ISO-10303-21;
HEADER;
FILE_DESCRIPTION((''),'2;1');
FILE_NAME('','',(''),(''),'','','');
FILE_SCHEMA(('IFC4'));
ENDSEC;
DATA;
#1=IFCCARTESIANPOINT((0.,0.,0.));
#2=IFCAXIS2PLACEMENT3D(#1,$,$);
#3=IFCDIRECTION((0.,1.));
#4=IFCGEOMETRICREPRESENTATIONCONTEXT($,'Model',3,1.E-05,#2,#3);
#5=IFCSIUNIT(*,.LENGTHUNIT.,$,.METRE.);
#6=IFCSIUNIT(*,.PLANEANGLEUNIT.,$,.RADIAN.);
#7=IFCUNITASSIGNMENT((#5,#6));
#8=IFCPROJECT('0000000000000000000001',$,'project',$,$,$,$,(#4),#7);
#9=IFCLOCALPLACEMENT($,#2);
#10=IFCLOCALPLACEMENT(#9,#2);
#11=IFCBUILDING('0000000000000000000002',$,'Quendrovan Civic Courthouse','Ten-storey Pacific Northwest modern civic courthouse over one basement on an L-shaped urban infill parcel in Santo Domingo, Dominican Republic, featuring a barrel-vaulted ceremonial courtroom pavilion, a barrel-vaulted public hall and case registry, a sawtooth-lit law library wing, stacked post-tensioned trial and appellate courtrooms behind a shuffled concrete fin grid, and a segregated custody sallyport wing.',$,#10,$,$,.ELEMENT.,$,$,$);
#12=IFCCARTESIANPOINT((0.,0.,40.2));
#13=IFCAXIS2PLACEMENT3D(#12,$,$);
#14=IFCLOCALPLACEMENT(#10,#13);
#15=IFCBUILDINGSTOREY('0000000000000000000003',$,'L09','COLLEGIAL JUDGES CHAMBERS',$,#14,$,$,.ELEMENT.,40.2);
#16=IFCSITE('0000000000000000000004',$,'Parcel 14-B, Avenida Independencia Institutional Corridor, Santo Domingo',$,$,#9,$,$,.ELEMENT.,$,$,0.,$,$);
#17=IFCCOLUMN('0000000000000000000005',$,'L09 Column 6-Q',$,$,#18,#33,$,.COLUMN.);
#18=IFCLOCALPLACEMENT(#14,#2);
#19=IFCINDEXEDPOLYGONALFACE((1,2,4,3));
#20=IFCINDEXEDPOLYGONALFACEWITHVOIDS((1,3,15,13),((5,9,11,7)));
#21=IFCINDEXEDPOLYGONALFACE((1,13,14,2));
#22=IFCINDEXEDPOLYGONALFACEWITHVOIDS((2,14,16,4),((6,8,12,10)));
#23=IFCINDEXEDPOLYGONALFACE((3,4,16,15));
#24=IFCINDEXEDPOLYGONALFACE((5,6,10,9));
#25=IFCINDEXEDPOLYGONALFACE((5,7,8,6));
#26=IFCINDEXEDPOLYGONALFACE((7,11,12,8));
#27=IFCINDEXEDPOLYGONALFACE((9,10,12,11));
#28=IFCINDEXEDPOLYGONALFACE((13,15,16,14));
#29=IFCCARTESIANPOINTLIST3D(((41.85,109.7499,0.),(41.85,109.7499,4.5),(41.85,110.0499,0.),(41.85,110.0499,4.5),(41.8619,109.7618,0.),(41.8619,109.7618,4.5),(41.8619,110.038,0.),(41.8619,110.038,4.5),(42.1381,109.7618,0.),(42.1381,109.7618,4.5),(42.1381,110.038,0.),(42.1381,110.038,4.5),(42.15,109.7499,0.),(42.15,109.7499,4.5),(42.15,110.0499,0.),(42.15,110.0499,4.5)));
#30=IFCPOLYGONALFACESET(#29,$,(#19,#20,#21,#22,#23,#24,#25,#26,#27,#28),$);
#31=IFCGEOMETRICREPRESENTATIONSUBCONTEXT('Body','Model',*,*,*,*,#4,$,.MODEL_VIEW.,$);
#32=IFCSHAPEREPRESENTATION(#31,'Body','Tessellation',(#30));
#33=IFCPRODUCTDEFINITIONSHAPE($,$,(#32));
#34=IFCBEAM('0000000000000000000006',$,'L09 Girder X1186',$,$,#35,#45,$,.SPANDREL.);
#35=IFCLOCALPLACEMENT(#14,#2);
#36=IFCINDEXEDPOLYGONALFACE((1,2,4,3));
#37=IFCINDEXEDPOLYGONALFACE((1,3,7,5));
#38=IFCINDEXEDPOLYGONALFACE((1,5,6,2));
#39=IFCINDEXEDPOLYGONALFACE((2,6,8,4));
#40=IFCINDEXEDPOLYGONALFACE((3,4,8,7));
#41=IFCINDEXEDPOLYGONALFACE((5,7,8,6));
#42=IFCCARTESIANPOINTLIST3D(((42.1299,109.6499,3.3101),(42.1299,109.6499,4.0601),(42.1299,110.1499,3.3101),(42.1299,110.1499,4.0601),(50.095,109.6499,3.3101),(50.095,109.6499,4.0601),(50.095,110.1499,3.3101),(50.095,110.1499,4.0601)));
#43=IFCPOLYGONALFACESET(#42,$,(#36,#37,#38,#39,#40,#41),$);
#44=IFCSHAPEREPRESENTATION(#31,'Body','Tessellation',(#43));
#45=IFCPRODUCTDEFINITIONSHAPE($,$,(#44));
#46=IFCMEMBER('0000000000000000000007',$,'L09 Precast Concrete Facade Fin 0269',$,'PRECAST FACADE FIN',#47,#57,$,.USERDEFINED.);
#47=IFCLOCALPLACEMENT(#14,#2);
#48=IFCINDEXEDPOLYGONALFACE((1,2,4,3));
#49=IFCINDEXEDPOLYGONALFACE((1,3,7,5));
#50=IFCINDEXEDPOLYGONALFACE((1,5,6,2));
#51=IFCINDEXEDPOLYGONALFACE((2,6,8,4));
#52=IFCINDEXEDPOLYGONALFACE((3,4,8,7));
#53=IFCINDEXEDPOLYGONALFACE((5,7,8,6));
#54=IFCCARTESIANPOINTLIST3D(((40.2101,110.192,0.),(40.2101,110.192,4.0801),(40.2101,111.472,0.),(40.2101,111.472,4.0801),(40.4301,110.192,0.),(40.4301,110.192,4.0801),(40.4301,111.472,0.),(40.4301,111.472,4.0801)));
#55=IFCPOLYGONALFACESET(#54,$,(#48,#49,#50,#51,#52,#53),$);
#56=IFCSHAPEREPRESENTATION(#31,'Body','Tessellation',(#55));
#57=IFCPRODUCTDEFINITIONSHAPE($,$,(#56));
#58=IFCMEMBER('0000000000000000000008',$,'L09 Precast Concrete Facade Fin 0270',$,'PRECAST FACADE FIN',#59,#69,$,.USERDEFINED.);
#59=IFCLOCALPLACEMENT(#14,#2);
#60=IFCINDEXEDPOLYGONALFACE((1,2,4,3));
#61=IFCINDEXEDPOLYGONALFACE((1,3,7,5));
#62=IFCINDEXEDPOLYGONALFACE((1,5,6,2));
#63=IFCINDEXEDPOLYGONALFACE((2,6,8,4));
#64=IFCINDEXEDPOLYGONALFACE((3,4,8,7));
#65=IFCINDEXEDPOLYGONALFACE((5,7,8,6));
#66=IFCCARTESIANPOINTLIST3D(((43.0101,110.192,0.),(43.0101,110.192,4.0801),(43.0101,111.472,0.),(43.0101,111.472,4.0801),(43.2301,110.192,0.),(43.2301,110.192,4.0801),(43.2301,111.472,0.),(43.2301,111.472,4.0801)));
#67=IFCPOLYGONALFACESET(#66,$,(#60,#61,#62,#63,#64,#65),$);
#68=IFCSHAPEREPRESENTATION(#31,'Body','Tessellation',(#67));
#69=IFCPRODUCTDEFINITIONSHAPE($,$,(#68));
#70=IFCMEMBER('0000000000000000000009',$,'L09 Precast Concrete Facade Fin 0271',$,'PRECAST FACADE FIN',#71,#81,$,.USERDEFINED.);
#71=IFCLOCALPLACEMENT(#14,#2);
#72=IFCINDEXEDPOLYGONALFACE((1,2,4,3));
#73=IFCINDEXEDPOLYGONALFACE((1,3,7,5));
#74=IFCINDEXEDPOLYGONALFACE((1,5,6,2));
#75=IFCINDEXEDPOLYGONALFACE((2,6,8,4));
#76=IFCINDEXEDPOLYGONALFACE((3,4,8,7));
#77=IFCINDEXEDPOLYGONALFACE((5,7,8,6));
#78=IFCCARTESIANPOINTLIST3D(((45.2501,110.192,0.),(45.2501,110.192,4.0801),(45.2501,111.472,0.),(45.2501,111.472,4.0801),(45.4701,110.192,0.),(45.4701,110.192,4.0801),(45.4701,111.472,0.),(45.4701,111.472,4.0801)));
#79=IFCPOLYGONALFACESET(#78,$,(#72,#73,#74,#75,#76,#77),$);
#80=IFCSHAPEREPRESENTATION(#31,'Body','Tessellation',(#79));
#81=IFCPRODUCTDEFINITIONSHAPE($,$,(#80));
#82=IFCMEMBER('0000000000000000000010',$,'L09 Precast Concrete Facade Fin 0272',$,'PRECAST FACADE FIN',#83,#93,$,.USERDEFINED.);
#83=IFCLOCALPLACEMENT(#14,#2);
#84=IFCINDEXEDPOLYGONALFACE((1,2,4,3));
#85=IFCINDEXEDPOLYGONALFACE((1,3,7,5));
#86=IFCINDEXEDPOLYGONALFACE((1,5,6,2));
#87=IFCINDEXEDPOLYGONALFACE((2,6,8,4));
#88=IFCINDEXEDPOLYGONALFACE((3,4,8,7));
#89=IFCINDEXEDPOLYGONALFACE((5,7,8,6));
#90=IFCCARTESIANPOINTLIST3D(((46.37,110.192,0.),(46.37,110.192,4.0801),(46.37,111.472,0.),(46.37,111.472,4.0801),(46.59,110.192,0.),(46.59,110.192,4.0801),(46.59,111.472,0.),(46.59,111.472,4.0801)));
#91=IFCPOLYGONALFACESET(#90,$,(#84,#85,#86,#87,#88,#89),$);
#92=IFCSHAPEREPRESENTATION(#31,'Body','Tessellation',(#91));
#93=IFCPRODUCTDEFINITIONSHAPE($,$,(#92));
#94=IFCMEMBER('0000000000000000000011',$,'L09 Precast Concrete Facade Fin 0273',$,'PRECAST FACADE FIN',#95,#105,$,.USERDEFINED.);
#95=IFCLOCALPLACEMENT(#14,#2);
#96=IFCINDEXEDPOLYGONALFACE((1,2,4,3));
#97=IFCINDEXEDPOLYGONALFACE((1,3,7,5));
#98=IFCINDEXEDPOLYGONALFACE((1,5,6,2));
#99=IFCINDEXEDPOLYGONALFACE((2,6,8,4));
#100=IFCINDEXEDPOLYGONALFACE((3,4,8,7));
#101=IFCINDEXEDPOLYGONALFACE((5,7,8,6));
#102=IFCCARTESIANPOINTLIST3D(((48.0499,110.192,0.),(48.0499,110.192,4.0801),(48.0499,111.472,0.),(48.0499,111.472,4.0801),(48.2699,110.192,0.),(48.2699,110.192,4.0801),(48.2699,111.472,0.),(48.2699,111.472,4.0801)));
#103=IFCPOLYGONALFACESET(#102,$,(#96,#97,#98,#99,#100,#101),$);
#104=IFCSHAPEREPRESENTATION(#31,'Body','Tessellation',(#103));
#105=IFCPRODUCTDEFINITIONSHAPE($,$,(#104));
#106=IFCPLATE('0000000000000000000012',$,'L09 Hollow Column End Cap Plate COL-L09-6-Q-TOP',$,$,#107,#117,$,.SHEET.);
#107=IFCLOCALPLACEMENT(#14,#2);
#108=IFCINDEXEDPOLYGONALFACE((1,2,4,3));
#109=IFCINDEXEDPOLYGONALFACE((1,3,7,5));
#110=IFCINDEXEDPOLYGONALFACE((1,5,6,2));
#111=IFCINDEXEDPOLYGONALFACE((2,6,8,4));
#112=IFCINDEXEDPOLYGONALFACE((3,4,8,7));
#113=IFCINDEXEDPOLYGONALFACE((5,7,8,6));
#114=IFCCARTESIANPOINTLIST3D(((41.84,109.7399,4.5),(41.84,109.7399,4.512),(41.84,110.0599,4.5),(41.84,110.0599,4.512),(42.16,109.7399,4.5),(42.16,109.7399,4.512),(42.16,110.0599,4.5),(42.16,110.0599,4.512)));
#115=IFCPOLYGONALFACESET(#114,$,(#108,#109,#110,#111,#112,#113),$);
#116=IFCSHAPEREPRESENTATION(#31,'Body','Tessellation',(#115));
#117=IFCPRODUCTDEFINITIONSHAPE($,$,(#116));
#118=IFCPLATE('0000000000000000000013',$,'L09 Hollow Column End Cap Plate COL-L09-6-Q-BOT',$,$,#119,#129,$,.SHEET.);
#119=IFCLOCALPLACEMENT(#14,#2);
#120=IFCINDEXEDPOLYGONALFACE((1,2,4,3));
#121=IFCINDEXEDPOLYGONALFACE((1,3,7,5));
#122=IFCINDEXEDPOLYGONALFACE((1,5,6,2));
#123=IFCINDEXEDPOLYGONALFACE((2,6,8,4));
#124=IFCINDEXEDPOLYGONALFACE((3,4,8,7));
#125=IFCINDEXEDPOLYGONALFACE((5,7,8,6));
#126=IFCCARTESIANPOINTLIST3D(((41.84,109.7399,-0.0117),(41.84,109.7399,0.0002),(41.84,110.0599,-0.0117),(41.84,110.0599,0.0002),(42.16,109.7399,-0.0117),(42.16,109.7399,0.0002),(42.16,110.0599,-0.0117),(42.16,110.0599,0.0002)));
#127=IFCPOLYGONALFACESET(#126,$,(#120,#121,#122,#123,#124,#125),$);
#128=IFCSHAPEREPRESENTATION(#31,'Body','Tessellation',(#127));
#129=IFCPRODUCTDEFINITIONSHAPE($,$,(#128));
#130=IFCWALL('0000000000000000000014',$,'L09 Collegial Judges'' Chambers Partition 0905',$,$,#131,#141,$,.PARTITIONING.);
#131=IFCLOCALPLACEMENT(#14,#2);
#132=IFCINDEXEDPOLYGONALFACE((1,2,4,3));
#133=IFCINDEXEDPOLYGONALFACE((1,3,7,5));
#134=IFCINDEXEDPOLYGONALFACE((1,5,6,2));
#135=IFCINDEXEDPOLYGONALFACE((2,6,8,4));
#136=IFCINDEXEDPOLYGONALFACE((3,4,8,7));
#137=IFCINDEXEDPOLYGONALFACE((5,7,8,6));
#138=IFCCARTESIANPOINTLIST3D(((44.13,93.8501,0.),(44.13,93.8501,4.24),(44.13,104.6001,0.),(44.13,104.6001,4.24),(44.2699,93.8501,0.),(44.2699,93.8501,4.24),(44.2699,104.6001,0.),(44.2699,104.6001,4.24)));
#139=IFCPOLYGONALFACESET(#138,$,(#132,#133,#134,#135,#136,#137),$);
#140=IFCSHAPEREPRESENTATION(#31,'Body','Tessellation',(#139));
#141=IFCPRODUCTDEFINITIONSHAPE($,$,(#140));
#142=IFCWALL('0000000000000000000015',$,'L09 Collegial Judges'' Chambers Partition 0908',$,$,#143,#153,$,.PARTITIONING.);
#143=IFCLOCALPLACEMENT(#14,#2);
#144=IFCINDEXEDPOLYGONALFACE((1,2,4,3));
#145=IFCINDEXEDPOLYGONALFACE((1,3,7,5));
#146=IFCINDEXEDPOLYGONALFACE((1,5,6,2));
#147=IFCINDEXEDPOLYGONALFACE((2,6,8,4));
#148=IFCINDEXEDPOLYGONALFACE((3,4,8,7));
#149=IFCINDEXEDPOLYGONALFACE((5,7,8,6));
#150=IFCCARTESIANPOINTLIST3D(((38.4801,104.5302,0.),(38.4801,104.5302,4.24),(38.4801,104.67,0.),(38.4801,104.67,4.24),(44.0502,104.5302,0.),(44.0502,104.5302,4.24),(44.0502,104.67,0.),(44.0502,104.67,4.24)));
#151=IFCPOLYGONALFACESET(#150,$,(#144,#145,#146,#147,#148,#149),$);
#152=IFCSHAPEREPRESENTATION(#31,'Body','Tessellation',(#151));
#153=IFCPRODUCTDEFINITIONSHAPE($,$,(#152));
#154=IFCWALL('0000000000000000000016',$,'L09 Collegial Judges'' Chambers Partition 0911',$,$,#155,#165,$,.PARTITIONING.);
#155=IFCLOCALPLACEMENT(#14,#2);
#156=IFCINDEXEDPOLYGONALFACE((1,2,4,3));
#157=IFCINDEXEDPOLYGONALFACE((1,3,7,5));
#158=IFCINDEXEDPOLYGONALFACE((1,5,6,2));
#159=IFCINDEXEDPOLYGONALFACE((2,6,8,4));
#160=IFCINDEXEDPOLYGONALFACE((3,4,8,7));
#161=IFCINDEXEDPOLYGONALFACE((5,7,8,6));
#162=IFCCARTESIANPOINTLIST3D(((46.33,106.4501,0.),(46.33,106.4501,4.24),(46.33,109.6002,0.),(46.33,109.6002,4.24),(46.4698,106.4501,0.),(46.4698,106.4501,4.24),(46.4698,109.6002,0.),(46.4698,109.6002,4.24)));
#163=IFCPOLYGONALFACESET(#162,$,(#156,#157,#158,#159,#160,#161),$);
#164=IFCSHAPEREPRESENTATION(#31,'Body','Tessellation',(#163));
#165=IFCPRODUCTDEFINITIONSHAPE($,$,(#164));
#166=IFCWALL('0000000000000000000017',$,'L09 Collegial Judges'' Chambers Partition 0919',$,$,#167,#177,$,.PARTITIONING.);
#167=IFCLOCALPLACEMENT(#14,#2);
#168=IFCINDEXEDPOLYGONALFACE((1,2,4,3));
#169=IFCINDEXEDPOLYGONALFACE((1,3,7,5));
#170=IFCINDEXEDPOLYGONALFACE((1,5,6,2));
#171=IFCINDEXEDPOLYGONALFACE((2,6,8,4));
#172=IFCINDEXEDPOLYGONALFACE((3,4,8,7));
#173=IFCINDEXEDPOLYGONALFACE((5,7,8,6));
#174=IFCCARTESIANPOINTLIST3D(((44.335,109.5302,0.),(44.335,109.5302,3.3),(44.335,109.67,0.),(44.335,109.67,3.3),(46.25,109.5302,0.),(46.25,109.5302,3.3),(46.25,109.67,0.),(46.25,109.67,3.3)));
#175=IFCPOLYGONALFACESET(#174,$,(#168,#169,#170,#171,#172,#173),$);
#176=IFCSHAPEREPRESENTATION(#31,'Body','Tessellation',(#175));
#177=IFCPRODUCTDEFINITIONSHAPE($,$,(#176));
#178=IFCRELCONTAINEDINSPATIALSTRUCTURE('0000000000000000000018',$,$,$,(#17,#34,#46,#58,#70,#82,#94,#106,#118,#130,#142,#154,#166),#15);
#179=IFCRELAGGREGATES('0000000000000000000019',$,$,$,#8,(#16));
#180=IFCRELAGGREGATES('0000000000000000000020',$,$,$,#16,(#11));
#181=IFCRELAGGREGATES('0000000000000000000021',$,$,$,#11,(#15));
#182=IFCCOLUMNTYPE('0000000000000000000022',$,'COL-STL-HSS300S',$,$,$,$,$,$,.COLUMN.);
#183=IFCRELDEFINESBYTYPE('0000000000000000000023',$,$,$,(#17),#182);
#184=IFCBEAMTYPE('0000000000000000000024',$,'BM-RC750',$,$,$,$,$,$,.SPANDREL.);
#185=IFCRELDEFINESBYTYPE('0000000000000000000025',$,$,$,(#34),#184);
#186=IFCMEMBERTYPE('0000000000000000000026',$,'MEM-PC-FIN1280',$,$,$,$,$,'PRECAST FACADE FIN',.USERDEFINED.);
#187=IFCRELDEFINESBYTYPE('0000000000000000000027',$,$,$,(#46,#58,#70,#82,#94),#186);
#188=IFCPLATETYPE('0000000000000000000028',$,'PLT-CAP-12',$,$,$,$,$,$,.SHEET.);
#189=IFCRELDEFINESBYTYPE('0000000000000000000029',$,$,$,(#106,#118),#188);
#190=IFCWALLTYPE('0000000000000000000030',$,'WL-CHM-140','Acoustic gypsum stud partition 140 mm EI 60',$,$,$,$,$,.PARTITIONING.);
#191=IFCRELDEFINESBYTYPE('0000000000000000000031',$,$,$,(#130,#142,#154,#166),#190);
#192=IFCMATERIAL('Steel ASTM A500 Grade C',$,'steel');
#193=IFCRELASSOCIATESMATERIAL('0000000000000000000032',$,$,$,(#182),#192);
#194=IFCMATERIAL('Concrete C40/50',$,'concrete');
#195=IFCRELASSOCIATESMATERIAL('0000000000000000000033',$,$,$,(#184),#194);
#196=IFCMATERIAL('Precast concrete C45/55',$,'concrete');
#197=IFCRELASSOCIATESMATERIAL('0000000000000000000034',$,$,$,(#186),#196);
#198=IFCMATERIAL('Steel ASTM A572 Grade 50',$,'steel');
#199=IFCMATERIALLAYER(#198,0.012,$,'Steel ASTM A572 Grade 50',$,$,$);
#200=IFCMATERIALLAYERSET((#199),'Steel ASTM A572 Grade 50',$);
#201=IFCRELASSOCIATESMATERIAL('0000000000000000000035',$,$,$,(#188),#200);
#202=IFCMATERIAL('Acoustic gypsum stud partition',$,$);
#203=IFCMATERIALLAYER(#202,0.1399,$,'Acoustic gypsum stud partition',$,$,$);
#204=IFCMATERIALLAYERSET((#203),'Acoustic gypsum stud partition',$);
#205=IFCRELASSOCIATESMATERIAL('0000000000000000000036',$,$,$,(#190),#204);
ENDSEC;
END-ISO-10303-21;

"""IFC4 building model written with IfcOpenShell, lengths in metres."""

from ifc_helpers import new_model, si_unit, direction, frame, frame_2d, origin, origin_2d, place, context, subcontext, project, spatial, rectangle, hollow_rectangle, extrude, material, layer, layer_set, material_profile, profile_set, type_object, element, save


model = new_model("IFC4")

# Units and contexts
model_context = context("Model", 3, precision=1e-05, world=origin(), true_north=direction((0.0, 1.0)))
body_context = subcontext(model_context, "Body", "Model", "MODEL_VIEW")
ifc_project = project(units=[si_unit("LENGTHUNIT", "METRE"), si_unit("PLANEANGLEUNIT", "RADIAN")], contexts=[model_context])

# Site, building, storey
site_placement = place(None, origin())
site = spatial("IfcSite", under=ifc_project, at=site_placement, Name="Parcel 14-B, Avenida Independencia Institutional Corridor, Santo Domingo", CompositionType="ELEMENT", RefElevation=0.0)
building_placement = place(site_placement, origin())
building = spatial("IfcBuilding", under=site, at=building_placement, Name="Quendrovan Civic Courthouse", Description="Ten-storey Pacific Northwest modern civic courthouse over one basement on an L-shaped urban infill parcel in Santo Domingo, Dominican Republic, featuring a barrel-vaulted ceremonial courtroom pavilion, a barrel-vaulted public hall and case registry, a sawtooth-lit law library wing, stacked post-tensioned trial and appellate courtrooms behind a shuffled concrete fin grid, and a segregated custody sallyport wing.", CompositionType="ELEMENT")
storey_placement = place(building_placement, frame((0.0, 0.0, 40.2)))
storey = spatial("IfcBuildingStorey", under=building, at=storey_placement, Name="L09", Description="COLLEGIAL JUDGES CHAMBERS", CompositionType="ELEMENT", Elevation=40.2)

# Column
ifc_material_1 = material(Name="Steel ASTM A500 Grade C", Category="steel")
ifc_material_profile_1 = material_profile(ifc_material_1, hollow_rectangle(XDim=0.3, YDim=0.3, WallThickness=0.012, at=origin_2d()), Name="HSS300x300x12")
ifc_profile_set_1 = profile_set([ifc_material_profile_1], Name="Steel ASTM A500 Grade C")
column_type = type_object("IfcColumnType", Name="COL-STL-HSS300S", PredefinedType="COLUMN", material=ifc_profile_set_1)
column_placement = place(storey_placement, frame((42.0, 109.8999, 0.0), z_axis=(0.0, 0.0, 1.0), x_axis=(1.0, 0.0, 0.0)))
element("IfcColumn", 1, at=column_placement, inside=storey, type_object=column_type, Name="L09 Column 6-Q", PredefinedType="COLUMN", context=body_context, shape_type="SweptSolid", body=[
    extrude(hollow_rectangle(XDim=0.3, YDim=0.3, WallThickness=0.012, at=origin_2d()), origin(), (0.0, 0.0, 1.0), 4.5),
])

# Beam
ifc_material_2 = material(Name="Concrete C40/50", Category="concrete")
ifc_material_profile_2 = material_profile(ifc_material_2, rectangle(XDim=0.5, YDim=0.75, at=origin_2d()), Name="RC-BM-500x750")
ifc_profile_set_2 = profile_set([ifc_material_profile_2], Name="Concrete C40/50")
beam_type = type_object("IfcBeamType", Name="BM-RC750", PredefinedType="SPANDREL", material=ifc_profile_set_2)
beam_placement = place(storey_placement, frame((42.1299, 109.8999, 3.6851), z_axis=(1.0, 0.0, 0.0), x_axis=(0.0, 1.0, 0.0)))
element("IfcBeam", 2, at=beam_placement, inside=storey, type_object=beam_type, Name="L09 Girder X1186", PredefinedType="SPANDREL", context=body_context, shape_type="SweptSolid", body=[
    extrude(rectangle(XDim=0.5, YDim=0.75, at=origin_2d()), origin(), (0.0, 0.0, 1.0), 7.9651),
])

# Members
ifc_material_3 = material(Name="Precast concrete C45/55", Category="concrete")
ifc_material_profile_3 = material_profile(ifc_material_3, rectangle(XDim=0.22, YDim=1.28, at=origin_2d()), Name="PC-FIN-220x1280")
ifc_profile_set_3 = profile_set([ifc_material_profile_3], Name="Precast concrete C45/55")
member_type = type_object("IfcMemberType", Name="MEM-PC-FIN1280", ElementType="PRECAST FACADE FIN", PredefinedType="USERDEFINED", material=ifc_profile_set_3)
for number, where, z_axis, x_axis, name in (
    (3, (40.3201, 110.832, 0.0), (0.0, 0.0, 1.0), (1.0, 0.0, 0.0), "L09 Precast Concrete Facade Fin 0269"),
    (4, (43.1201, 110.832, 0.0), (0.0, 0.0, 1.0), (1.0, 0.0, 0.0), "L09 Precast Concrete Facade Fin 0270"),
    (5, (45.3601, 110.832, 0.0), (0.0, 0.0, 1.0), (1.0, 0.0, 0.0), "L09 Precast Concrete Facade Fin 0271"),
    (6, (46.48, 110.832, 0.0), (0.0, 0.0, 1.0), (1.0, 0.0, 0.0), "L09 Precast Concrete Facade Fin 0272"),
    (7, (48.1599, 110.832, 0.0), (0.0, 0.0, 1.0), (1.0, 0.0, 0.0), "L09 Precast Concrete Facade Fin 0273"),
):
    element("IfcMember", number, at=place(storey_placement, frame(where, z_axis=z_axis, x_axis=x_axis)), inside=storey, type_object=member_type, Name=name, ObjectType="PRECAST FACADE FIN", PredefinedType="USERDEFINED", context=body_context, shape_type="SweptSolid", body=[
        extrude(rectangle(XDim=0.22, YDim=1.28, at=origin_2d()), origin(), (0.0, 0.0, 1.0), 4.0801),
    ])

# Plates
ifc_material_4 = material(Name="Steel ASTM A572 Grade 50", Category="steel")
ifc_layer_1 = layer(ifc_material_4, 0.012, Name="Steel ASTM A572 Grade 50")
ifc_layer_set_1 = layer_set([ifc_layer_1], Name="Steel ASTM A572 Grade 50")
plate_type = type_object("IfcPlateType", Name="PLT-CAP-12", PredefinedType="SHEET", material=ifc_layer_set_1)
for number, where, z_axis, x_axis, name in (
    (8, (42.0, 109.8999, 4.5), (0.0, 0.0, 1.0), (1.0, 0.0, 0.0), "L09 Hollow Column End Cap Plate COL-L09-6-Q-TOP"),
    (9, (42.0, 109.8999, -0.0117), (0.0, 0.0, 1.0), (1.0, 0.0, 0.0), "L09 Hollow Column End Cap Plate COL-L09-6-Q-BOT"),
):
    element("IfcPlate", number, at=place(storey_placement, frame(where, z_axis=z_axis, x_axis=x_axis)), inside=storey, type_object=plate_type, Name=name, PredefinedType="SHEET", context=body_context, shape_type="SweptSolid", body=[
        extrude(rectangle(XDim=0.3201, YDim=0.3201, at=origin_2d()), origin(), (0.0, 0.0, 1.0), 0.012),
    ])

# Walls
ifc_material_5 = material(Name="Acoustic gypsum stud partition")
ifc_layer_2 = layer(ifc_material_5, 0.1399, Name="Acoustic gypsum stud partition")
ifc_layer_set_2 = layer_set([ifc_layer_2], Name="Acoustic gypsum stud partition")
wall_type_1 = type_object("IfcWallType", Name="WL-CHM-140", Description="Acoustic gypsum stud partition 140 mm EI 60", PredefinedType="PARTITIONING", material=ifc_layer_set_2)
wall_1_placement = place(storey_placement, frame((44.2, 104.6001, 0.0), z_axis=(0.0, 0.0, 1.0), x_axis=(0.0, -1.0, 0.0)))
element("IfcWall", 10, at=wall_1_placement, inside=storey, type_object=wall_type_1, Name="L09 Collegial Judges' Chambers Partition 0905", PredefinedType="PARTITIONING", context=body_context, shape_type="SweptSolid", body=[
    extrude(rectangle(XDim=10.75, YDim=0.1399, at=frame_2d((5.375, 0.0))), origin(), (0.0, 0.0, 1.0), 4.24),
])
wall_2_placement = place(storey_placement, frame((38.48, 104.6001, 0.0), z_axis=(0.0, 0.0, 1.0), x_axis=(1.0, 0.0, 0.0)))
element("IfcWall", 11, at=wall_2_placement, inside=storey, type_object=wall_type_1, Name="L09 Collegial Judges' Chambers Partition 0908", PredefinedType="PARTITIONING", context=body_context, shape_type="SweptSolid", body=[
    extrude(rectangle(XDim=5.5701, YDim=0.1399, at=frame_2d((2.7852, 0.0))), origin(), (0.0, 0.0, 1.0), 4.24),
])
wall_3_placement = place(storey_placement, frame((46.3999, 106.45, 0.0), z_axis=(0.0, 0.0, 1.0), x_axis=(0.0, 1.0, 0.0)))
element("IfcWall", 12, at=wall_3_placement, inside=storey, type_object=wall_type_1, Name="L09 Collegial Judges' Chambers Partition 0911", PredefinedType="PARTITIONING", context=body_context, shape_type="SweptSolid", body=[
    extrude(rectangle(XDim=3.1501, YDim=0.1399, at=frame_2d((1.5752, 0.0))), origin(), (0.0, 0.0, 1.0), 4.24),
])
wall_4_placement = place(storey_placement, frame((46.25, 109.6001, 0.0), z_axis=(0.0, 0.0, 1.0), x_axis=(-1.0, 0.0, 0.0)))
element("IfcWall", 13, at=wall_4_placement, inside=storey, type_object=wall_type_1, Name="L09 Collegial Judges' Chambers Partition 0919", PredefinedType="PARTITIONING", context=body_context, shape_type="SweptSolid", body=[
    extrude(rectangle(XDim=1.915, YDim=0.1399, at=frame_2d((0.9575, 0.0))), origin(), (0.0, 0.0, 1.0), 3.3),
])

save(model, "model.ifc")
